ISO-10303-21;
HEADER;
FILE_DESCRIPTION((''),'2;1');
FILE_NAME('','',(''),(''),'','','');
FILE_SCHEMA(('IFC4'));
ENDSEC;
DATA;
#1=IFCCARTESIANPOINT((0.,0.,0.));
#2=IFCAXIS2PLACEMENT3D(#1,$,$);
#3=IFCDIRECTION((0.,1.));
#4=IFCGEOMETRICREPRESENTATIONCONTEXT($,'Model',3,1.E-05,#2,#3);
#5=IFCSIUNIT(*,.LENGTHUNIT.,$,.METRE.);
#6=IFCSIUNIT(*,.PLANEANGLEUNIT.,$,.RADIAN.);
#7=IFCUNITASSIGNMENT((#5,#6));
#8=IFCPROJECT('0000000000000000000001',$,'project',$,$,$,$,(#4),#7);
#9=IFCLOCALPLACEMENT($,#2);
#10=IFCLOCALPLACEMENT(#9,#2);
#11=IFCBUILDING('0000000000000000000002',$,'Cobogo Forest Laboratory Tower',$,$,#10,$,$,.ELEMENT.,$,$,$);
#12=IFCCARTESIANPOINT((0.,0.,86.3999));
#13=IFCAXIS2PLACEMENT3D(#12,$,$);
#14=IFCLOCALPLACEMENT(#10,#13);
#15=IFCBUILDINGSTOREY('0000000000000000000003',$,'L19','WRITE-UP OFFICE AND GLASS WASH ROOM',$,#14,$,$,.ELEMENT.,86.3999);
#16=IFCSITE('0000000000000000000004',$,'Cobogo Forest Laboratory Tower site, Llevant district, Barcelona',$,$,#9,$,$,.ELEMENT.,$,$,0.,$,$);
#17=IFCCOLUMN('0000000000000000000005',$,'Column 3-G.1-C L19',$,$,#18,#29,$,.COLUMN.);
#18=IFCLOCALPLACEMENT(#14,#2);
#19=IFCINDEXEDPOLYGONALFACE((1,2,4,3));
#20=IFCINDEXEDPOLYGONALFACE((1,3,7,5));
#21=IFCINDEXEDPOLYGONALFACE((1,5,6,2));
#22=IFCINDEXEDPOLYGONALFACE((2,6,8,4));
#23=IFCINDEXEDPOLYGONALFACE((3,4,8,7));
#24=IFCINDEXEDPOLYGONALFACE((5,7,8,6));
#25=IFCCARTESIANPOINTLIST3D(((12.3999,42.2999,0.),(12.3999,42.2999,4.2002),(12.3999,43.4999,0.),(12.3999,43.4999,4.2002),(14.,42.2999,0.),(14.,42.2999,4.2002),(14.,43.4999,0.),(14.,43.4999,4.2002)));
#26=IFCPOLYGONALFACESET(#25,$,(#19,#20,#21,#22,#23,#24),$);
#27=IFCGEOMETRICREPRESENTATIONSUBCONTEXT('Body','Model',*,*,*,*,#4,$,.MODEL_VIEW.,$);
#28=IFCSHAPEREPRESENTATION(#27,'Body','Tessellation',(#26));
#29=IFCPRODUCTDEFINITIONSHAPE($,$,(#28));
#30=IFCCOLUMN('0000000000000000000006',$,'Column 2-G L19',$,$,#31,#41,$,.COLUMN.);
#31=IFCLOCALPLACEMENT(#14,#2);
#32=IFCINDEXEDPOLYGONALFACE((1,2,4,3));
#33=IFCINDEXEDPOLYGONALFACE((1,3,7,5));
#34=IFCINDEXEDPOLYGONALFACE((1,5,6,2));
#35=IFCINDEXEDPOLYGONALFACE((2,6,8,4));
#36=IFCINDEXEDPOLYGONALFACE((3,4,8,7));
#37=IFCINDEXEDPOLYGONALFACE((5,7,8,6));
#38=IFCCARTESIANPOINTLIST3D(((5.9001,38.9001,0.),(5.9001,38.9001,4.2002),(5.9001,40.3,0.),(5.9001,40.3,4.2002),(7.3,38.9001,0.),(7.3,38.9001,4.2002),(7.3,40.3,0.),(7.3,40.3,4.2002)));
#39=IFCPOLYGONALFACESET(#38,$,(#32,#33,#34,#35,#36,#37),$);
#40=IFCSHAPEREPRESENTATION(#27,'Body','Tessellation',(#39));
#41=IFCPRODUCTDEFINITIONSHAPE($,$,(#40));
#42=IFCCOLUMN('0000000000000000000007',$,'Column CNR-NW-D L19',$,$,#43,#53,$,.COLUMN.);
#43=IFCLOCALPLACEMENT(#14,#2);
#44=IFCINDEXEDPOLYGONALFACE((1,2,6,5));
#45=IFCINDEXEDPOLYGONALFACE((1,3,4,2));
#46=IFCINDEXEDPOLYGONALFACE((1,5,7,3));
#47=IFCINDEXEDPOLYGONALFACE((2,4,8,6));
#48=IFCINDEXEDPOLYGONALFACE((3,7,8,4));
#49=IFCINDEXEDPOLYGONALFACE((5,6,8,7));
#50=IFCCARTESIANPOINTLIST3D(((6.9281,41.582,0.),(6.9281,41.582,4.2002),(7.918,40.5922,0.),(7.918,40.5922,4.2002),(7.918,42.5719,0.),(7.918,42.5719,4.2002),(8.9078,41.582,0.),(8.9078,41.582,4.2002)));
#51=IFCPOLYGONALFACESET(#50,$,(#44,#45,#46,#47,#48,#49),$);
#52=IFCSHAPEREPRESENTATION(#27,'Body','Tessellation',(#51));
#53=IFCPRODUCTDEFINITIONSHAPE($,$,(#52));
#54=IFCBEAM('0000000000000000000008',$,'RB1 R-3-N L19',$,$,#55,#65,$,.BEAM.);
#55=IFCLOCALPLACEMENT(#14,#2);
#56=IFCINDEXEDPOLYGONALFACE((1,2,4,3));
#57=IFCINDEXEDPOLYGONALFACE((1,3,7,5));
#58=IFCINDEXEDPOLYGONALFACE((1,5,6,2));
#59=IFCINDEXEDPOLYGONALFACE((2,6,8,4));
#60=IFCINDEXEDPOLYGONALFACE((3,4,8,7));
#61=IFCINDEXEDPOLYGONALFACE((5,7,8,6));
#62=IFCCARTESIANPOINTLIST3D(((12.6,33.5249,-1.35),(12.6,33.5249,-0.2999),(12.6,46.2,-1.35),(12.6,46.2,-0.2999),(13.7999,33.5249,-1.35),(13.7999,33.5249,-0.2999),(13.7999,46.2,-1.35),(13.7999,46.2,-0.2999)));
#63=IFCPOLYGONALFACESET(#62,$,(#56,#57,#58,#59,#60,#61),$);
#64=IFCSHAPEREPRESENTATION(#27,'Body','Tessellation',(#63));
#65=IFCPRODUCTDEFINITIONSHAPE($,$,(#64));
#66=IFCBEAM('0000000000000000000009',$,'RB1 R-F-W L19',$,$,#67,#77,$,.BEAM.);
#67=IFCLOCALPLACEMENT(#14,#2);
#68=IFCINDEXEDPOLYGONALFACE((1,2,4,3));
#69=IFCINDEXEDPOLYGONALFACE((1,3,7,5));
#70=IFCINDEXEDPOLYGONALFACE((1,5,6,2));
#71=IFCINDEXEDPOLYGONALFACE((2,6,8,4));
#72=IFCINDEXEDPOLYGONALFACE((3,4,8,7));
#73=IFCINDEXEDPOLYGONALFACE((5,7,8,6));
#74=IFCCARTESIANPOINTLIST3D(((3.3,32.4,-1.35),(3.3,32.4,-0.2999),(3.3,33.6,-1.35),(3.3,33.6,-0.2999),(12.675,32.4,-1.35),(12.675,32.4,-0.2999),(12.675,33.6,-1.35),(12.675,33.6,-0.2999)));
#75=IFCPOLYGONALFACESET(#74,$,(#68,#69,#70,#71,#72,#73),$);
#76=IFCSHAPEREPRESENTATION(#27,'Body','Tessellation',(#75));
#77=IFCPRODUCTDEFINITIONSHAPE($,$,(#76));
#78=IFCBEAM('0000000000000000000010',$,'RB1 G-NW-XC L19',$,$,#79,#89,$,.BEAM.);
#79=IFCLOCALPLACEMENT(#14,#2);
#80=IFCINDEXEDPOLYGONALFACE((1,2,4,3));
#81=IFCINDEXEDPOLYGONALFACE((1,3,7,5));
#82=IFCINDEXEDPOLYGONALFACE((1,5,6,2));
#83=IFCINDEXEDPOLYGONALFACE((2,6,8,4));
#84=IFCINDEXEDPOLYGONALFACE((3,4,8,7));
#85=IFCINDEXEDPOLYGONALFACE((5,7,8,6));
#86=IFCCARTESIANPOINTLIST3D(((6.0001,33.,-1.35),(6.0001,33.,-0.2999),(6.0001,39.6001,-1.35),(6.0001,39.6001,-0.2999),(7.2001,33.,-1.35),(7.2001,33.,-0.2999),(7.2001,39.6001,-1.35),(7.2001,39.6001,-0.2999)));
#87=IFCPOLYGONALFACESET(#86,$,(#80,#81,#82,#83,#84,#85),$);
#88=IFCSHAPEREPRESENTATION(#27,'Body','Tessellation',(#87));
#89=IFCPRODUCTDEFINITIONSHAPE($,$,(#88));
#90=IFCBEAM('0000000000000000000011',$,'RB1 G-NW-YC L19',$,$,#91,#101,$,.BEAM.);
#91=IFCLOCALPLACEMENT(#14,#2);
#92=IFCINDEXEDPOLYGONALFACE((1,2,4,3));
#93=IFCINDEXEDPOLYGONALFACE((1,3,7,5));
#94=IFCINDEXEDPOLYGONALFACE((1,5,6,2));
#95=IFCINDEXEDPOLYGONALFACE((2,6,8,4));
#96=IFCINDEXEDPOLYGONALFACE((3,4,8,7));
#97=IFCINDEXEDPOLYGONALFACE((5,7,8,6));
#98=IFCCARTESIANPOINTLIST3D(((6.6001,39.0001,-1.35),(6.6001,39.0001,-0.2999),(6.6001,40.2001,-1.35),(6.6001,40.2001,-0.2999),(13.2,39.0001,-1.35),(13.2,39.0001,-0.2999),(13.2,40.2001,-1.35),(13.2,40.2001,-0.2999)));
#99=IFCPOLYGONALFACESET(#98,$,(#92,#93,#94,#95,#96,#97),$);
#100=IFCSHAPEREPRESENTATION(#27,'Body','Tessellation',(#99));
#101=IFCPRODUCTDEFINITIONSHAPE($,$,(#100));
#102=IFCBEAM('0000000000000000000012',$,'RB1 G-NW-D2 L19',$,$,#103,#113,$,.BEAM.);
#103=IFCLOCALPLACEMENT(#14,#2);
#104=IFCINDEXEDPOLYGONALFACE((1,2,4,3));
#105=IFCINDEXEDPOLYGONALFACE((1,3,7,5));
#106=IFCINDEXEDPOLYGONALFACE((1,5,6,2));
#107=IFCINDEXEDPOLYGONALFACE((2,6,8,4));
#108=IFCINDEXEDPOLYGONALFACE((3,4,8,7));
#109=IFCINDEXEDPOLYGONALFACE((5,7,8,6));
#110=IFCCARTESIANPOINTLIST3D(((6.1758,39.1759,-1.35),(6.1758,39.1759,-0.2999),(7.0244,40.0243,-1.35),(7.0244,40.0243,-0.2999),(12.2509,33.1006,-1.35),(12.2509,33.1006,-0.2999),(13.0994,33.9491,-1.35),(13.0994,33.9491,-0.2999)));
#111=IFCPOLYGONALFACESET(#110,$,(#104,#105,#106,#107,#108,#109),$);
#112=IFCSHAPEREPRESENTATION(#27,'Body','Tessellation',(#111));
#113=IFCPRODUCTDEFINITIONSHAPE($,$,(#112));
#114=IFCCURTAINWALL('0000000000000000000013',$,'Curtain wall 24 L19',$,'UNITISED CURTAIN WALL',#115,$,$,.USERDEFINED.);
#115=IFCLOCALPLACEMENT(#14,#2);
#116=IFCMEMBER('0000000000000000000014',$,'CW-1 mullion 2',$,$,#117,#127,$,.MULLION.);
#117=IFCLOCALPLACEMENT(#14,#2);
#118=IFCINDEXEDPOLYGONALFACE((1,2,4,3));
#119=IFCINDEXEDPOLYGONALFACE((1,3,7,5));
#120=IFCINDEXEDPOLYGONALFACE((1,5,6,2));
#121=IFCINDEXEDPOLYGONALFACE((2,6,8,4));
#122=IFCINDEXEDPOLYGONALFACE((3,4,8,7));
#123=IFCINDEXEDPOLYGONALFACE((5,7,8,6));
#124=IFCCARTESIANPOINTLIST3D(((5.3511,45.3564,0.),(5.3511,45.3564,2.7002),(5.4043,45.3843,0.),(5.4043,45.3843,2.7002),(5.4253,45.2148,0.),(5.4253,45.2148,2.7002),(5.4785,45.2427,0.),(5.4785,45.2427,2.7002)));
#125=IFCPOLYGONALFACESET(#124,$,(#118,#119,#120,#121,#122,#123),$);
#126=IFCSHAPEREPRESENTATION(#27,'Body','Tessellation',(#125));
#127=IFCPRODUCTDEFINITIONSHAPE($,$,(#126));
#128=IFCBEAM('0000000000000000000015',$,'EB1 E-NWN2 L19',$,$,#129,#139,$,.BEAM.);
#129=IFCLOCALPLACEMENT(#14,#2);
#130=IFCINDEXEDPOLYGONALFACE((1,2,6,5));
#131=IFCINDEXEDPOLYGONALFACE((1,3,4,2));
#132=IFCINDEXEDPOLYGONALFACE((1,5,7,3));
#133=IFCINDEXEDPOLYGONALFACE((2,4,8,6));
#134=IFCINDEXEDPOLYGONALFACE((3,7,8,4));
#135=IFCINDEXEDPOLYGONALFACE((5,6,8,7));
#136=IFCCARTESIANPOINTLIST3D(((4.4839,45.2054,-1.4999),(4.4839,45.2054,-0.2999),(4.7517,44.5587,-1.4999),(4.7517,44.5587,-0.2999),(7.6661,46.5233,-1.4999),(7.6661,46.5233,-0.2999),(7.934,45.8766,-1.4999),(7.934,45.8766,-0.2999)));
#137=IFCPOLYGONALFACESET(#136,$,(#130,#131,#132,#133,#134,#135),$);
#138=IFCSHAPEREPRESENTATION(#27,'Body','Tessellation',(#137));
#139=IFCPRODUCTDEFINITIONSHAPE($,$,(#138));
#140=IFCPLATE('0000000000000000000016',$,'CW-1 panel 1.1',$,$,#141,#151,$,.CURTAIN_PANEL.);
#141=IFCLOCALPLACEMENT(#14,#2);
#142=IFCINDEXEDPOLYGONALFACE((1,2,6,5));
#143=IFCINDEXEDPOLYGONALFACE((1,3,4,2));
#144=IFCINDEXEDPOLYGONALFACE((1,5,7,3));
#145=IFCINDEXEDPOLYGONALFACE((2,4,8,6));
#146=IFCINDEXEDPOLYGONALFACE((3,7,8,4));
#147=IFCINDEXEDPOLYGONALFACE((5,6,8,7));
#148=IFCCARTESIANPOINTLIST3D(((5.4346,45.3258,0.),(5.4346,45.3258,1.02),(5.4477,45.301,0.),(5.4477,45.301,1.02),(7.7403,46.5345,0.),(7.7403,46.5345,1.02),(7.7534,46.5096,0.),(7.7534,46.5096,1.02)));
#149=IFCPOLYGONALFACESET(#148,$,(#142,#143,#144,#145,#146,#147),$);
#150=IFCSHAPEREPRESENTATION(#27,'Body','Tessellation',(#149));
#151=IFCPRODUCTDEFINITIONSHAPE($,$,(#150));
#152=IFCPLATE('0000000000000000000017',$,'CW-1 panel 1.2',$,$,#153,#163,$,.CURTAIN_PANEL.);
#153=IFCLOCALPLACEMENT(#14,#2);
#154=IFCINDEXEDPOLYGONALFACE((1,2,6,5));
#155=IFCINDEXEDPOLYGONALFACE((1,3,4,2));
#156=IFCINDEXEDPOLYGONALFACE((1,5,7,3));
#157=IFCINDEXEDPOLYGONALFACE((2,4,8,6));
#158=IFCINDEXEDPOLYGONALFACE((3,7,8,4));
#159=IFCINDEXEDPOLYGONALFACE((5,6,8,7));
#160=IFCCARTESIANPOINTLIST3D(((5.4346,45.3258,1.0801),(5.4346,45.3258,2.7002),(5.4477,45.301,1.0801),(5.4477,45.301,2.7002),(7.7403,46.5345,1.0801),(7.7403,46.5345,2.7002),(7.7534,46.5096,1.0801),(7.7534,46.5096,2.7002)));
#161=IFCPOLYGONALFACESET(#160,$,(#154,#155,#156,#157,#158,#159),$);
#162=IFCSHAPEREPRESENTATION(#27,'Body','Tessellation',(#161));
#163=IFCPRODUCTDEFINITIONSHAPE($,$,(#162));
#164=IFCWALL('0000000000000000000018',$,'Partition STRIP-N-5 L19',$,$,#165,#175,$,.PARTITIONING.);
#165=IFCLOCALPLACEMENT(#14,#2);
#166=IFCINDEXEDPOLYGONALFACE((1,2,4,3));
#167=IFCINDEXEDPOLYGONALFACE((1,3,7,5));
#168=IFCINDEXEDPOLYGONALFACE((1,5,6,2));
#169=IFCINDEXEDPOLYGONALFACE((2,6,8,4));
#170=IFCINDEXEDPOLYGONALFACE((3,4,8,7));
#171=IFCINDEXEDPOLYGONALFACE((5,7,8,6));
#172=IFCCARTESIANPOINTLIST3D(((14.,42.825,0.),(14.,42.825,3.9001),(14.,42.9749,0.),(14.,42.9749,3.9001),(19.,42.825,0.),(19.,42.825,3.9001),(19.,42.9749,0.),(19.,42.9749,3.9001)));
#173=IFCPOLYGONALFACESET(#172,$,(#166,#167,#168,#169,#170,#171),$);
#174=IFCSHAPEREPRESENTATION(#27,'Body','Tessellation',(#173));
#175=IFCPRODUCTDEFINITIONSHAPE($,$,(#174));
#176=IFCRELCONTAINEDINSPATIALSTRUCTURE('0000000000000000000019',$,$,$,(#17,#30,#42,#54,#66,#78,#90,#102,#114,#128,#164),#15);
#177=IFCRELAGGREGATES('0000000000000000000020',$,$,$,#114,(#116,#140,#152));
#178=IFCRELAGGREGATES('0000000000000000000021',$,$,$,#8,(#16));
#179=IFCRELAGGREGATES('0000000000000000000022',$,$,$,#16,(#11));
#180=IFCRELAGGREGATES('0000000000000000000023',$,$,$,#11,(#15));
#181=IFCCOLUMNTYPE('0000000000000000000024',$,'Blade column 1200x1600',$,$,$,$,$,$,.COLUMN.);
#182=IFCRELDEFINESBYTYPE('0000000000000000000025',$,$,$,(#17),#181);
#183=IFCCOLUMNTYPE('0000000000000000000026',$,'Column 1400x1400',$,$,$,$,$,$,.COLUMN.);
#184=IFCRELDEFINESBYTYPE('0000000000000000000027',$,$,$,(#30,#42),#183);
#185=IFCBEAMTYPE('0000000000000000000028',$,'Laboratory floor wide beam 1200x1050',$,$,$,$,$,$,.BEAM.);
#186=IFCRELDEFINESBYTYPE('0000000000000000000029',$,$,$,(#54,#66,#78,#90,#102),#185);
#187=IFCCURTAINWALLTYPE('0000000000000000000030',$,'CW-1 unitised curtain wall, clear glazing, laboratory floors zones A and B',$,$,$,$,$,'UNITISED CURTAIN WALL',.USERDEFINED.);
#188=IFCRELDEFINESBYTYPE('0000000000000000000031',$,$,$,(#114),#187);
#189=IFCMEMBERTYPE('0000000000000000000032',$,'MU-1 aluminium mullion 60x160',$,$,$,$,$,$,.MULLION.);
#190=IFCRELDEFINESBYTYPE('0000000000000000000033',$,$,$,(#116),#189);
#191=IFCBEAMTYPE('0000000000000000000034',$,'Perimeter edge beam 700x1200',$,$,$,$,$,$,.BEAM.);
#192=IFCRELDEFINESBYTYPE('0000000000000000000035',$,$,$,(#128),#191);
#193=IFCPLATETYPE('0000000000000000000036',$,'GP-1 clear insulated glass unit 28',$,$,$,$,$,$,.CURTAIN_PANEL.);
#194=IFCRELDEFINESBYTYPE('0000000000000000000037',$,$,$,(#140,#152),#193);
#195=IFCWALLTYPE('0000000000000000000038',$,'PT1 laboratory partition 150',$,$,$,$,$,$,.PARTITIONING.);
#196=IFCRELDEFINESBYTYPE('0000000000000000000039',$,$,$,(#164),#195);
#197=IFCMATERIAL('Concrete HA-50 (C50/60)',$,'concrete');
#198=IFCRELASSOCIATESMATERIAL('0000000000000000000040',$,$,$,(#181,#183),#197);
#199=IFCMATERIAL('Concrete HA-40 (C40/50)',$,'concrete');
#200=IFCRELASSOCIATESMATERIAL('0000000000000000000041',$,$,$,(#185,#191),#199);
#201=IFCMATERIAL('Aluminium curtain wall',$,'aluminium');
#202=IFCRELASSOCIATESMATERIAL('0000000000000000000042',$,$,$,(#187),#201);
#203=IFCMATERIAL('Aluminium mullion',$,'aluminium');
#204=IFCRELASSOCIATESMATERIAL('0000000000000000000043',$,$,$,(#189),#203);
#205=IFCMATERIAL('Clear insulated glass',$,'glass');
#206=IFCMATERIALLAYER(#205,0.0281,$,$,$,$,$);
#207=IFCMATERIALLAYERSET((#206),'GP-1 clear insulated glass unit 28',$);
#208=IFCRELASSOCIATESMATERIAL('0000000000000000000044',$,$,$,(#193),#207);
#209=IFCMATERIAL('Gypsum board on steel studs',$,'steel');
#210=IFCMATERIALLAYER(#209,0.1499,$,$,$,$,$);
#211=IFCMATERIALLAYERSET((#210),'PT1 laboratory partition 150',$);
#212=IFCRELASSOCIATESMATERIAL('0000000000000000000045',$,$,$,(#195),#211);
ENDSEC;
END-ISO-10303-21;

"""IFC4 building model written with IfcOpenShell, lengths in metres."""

from ifc_helpers import new_model, si_unit, direction, frame, frame_2d, origin, origin_2d, place, context, subcontext, project, spatial, rectangle, extrude, material, layer, layer_set, material_profile, profile_set, type_object, element, aggregate, save


model = new_model("IFC4")

# Units and contexts
model_context = context("Model", 3, precision=1e-05, world=origin(), true_north=direction((0.0, 1.0)))
body_context = subcontext(model_context, "Body", "Model", "MODEL_VIEW")
ifc_project = project(units=[si_unit("LENGTHUNIT", "METRE"), si_unit("PLANEANGLEUNIT", "RADIAN")], contexts=[model_context])

# Site, building, storey
site_placement = place(None, origin())
site = spatial("IfcSite", under=ifc_project, at=site_placement, Name="Cobogo Forest Laboratory Tower site, Llevant district, Barcelona", CompositionType="ELEMENT", RefElevation=0.0)
building_placement = place(site_placement, origin())
building = spatial("IfcBuilding", under=site, at=building_placement, Name="Cobogo Forest Laboratory Tower", CompositionType="ELEMENT")
storey_placement = place(building_placement, frame((0.0, 0.0, 86.3999)))
storey = spatial("IfcBuildingStorey", under=building, at=storey_placement, Name="L19", Description="WRITE-UP OFFICE AND GLASS WASH ROOM", CompositionType="ELEMENT", Elevation=86.3999)

# Columns
ifc_material_1 = material(Name="Concrete HA-50 (C50/60)", Category="concrete")
ifc_material_profile_1 = material_profile(ifc_material_1, rectangle(XDim=1.6001, YDim=1.2, at=origin_2d()), Name="RC 1200x1600")
ifc_profile_set_1 = profile_set([ifc_material_profile_1], Name="Concrete HA-50 (C50/60)")
column_type_1 = type_object("IfcColumnType", Name="Blade column 1200x1600", PredefinedType="COLUMN", material=ifc_profile_set_1)
column_placement = place(storey_placement, frame((13.2, 42.8999, 0.0), z_axis=(0.0, 0.0, 1.0), x_axis=(1.0, 0.0, 0.0)))
element("IfcColumn", 1, at=column_placement, inside=storey, type_object=column_type_1, Name="Column 3-G.1-C L19", PredefinedType="COLUMN", context=body_context, shape_type="SweptSolid", body=[
    extrude(rectangle(XDim=1.6001, YDim=1.2, at=origin_2d()), origin(), (0.0, 0.0, 1.0), 4.2002),
])
ifc_material_profile_2 = material_profile(ifc_material_1, rectangle(XDim=1.3999, YDim=1.3999, at=origin_2d()), Name="RC 1400x1400")
ifc_profile_set_2 = profile_set([ifc_material_profile_2], Name="Concrete HA-50 (C50/60)")
column_type_2 = type_object("IfcColumnType", Name="Column 1400x1400", PredefinedType="COLUMN", material=ifc_profile_set_2)
for number, where, z_axis, x_axis, name in (
    (2, (6.6001, 39.6001, 0.0), (0.0, 0.0, 1.0), (1.0, 0.0, 0.0), "Column 2-G L19"),
    (3, (7.918, 41.582, 0.0), (0.0, 0.0, 1.0), (0.707107, 0.707107, 0.0), "Column CNR-NW-D L19"),
):
    element("IfcColumn", number, at=place(storey_placement, frame(where, z_axis=z_axis, x_axis=x_axis)), inside=storey, type_object=column_type_2, Name=name, PredefinedType="COLUMN", context=body_context, shape_type="SweptSolid", body=[
        extrude(rectangle(XDim=1.3999, YDim=1.3999, at=origin_2d()), origin(), (0.0, 0.0, 1.0), 4.2002),
    ])

# Beams
ifc_material_2 = material(Name="Concrete HA-40 (C40/50)", Category="concrete")
ifc_material_profile_3 = material_profile(ifc_material_2, rectangle(XDim=1.2, YDim=1.05, at=origin_2d()), Name="RC 1200x1050")
ifc_profile_set_3 = profile_set([ifc_material_profile_3], Name="Concrete HA-40 (C40/50)")
beam_type_1 = type_object("IfcBeamType", Name="Laboratory floor wide beam 1200x1050", PredefinedType="BEAM", material=ifc_profile_set_3)
beam_1_placement = place(storey_placement, frame((13.2, 33.5249, -0.825), z_axis=(0.0, 1.0, 0.0), x_axis=(-1.0, 0.0, 0.0)))
element("IfcBeam", 4, at=beam_1_placement, inside=storey, type_object=beam_type_1, Name="RB1 R-3-N L19", PredefinedType="BEAM", context=body_context, shape_type="SweptSolid", body=[
    extrude(rectangle(XDim=1.2, YDim=1.05, at=origin_2d()), origin(), (0.0, 0.0, 1.0), 12.675),
])
beam_2_placement = place(storey_placement, frame((12.675, 33.0, -0.825), z_axis=(-1.0, 0.0, 0.0), x_axis=(0.0, -1.0, 0.0)))
element("IfcBeam", 5, at=beam_2_placement, inside=storey, type_object=beam_type_1, Name="RB1 R-F-W L19", PredefinedType="BEAM", context=body_context, shape_type="SweptSolid", body=[
    extrude(rectangle(XDim=1.2, YDim=1.05, at=origin_2d()), origin(), (0.0, 0.0, 1.0), 9.375),
])
beam_3_placement = place(storey_placement, frame((6.6001, 39.6001, -0.825), z_axis=(0.0, -1.0, 0.0), x_axis=(1.0, 0.0, 0.0)))
element("IfcBeam", 6, at=beam_3_placement, inside=storey, type_object=beam_type_1, Name="RB1 G-NW-XC L19", PredefinedType="BEAM", context=body_context, shape_type="SweptSolid", body=[
    extrude(rectangle(XDim=1.2, YDim=1.05, at=origin_2d()), origin(), (0.0, 0.0, 1.0), 6.6001),
])
beam_4_placement = place(storey_placement, frame((6.6001, 39.6001, -0.825), z_axis=(1.0, 0.0, 0.0), x_axis=(0.0, 1.0, 0.0)))
element("IfcBeam", 7, at=beam_4_placement, inside=storey, type_object=beam_type_1, Name="RB1 G-NW-YC L19", PredefinedType="BEAM", context=body_context, shape_type="SweptSolid", body=[
    extrude(rectangle(XDim=1.2, YDim=1.05, at=origin_2d()), origin(), (0.0, 0.0, 1.0), 6.5999),
])
beam_5_placement = place(storey_placement, frame((6.6001, 39.6001, -0.825), z_axis=(0.707093, -0.707121, 0.0), x_axis=(0.707121, 0.707093, 0.0)))
element("IfcBeam", 8, at=beam_5_placement, inside=storey, type_object=beam_type_1, Name="RB1 G-NW-D2 L19", PredefinedType="BEAM", context=body_context, shape_type="SweptSolid", body=[
    extrude(rectangle(XDim=1.2, YDim=1.05, at=origin_2d()), origin(), (0.0, 0.0, 1.0), 8.5916),
])

# Curtain wall, member
ifc_material_3 = material(Name="Aluminium curtain wall", Category="aluminium")
curtain_wall_type = type_object("IfcCurtainWallType", Name="CW-1 unitised curtain wall, clear glazing, laboratory floors zones A and B", ElementType="UNITISED CURTAIN WALL", PredefinedType="USERDEFINED", material=ifc_material_3)
curtain_wall_placement = place(storey_placement, origin())
curtain_wall = element("IfcCurtainWall", 9, at=curtain_wall_placement, inside=storey, type_object=curtain_wall_type, Name="Curtain wall 24 L19", ObjectType="UNITISED CURTAIN WALL", PredefinedType="USERDEFINED")
ifc_material_4 = material(Name="Aluminium mullion", Category="aluminium")
ifc_material_profile_4 = material_profile(ifc_material_4, rectangle(XDim=0.0601, YDim=0.1599, at=origin_2d()), Name="AL 60x160")
ifc_profile_set_4 = profile_set([ifc_material_profile_4], Name="Aluminium mullion")
member_type = type_object("IfcMemberType", Name="MU-1 aluminium mullion 60x160", PredefinedType="MULLION", material=ifc_profile_set_4)
member_placement = place(storey_placement, frame((5.4148, 45.2996, 0.0), z_axis=(0.0, 0.0, 1.0), x_axis=(-0.885687, -0.464284, 0.0)))
member = element("IfcMember", 10, at=member_placement, type_object=member_type, Name="CW-1 mullion 2", PredefinedType="MULLION", context=body_context, shape_type="SweptSolid", body=[
    extrude(rectangle(XDim=0.0601, YDim=0.1599, at=origin_2d()), origin(), (0.0, 0.0, 1.0), 2.7002),
])

# Beam
ifc_material_profile_5 = material_profile(ifc_material_2, rectangle(XDim=0.7, YDim=1.2, at=origin_2d()), Name="RC 700x1200")
ifc_profile_set_5 = profile_set([ifc_material_profile_5], Name="Concrete HA-40 (C40/50)")
beam_type_2 = type_object("IfcBeamType", Name="Perimeter edge beam 700x1200", PredefinedType="BEAM", material=ifc_profile_set_5)
beam_6_placement = place(storey_placement, frame((7.8, 46.2, -0.8999), z_axis=(-0.923901, -0.382631, 0.0), x_axis=(0.382631, -0.923901, 0.0)))
element("IfcBeam", 11, at=beam_6_placement, inside=storey, type_object=beam_type_2, Name="EB1 E-NWN2 L19", PredefinedType="BEAM", context=body_context, shape_type="SweptSolid", body=[
    extrude(rectangle(XDim=0.7, YDim=1.2, at=origin_2d()), origin(), (0.0, 0.0, 1.0), 3.4443),
])

# Plates
ifc_material_5 = material(Name="Clear insulated glass", Category="glass")
ifc_layer_1 = layer(ifc_material_5, 0.0281)
ifc_layer_set_1 = layer_set([ifc_layer_1], Name="GP-1 clear insulated glass unit 28")
plate_type = type_object("IfcPlateType", Name="GP-1 clear insulated glass unit 28", PredefinedType="CURTAIN_PANEL", material=ifc_layer_set_1)
plate_1_placement = place(storey_placement, frame((6.594, 45.9177, 0.0), z_axis=(0.0, 0.0, 1.0), x_axis=(-0.885687, -0.464284, 0.0)))
plate_1 = element("IfcPlate", 12, at=plate_1_placement, type_object=plate_type, Name="CW-1 panel 1.1", PredefinedType="CURTAIN_PANEL", context=body_context, shape_type="SweptSolid", body=[
    extrude(rectangle(XDim=2.6033, YDim=0.0281, at=origin_2d()), origin(), (0.0, 0.0, 1.0), 1.02),
])
plate_2_placement = place(storey_placement, frame((6.594, 45.9177, 1.0801), z_axis=(0.0, 0.0, 1.0), x_axis=(-0.885687, -0.464284, 0.0)))
plate_2 = element("IfcPlate", 13, at=plate_2_placement, type_object=plate_type, Name="CW-1 panel 1.2", PredefinedType="CURTAIN_PANEL", context=body_context, shape_type="SweptSolid", body=[
    extrude(rectangle(XDim=2.6033, YDim=0.0281, at=origin_2d()), origin(), (0.0, 0.0, 1.0), 1.6201),
])
aggregate(curtain_wall, [member, plate_1, plate_2])

# Wall
ifc_material_6 = material(Name="Gypsum board on steel studs", Category="steel")
ifc_layer_2 = layer(ifc_material_6, 0.1499)
ifc_layer_set_2 = layer_set([ifc_layer_2], Name="PT1 laboratory partition 150")
wall_type_1 = type_object("IfcWallType", Name="PT1 laboratory partition 150", PredefinedType="PARTITIONING", material=ifc_layer_set_2)
wall_1_placement = place(storey_placement, frame((19.0, 42.8999, 0.0), z_axis=(0.0, 0.0, 1.0), x_axis=(-1.0, 0.0, 0.0)))
element("IfcWall", 14, at=wall_1_placement, inside=storey, type_object=wall_type_1, Name="Partition STRIP-N-5 L19", PredefinedType="PARTITIONING", context=body_context, shape_type="SweptSolid", body=[
    extrude(rectangle(XDim=5.0, YDim=0.1499, at=frame_2d((2.5, 0.0))), origin(), (0.0, 0.0, 1.0), 3.9001),
])

save(model, "model.ifc")
